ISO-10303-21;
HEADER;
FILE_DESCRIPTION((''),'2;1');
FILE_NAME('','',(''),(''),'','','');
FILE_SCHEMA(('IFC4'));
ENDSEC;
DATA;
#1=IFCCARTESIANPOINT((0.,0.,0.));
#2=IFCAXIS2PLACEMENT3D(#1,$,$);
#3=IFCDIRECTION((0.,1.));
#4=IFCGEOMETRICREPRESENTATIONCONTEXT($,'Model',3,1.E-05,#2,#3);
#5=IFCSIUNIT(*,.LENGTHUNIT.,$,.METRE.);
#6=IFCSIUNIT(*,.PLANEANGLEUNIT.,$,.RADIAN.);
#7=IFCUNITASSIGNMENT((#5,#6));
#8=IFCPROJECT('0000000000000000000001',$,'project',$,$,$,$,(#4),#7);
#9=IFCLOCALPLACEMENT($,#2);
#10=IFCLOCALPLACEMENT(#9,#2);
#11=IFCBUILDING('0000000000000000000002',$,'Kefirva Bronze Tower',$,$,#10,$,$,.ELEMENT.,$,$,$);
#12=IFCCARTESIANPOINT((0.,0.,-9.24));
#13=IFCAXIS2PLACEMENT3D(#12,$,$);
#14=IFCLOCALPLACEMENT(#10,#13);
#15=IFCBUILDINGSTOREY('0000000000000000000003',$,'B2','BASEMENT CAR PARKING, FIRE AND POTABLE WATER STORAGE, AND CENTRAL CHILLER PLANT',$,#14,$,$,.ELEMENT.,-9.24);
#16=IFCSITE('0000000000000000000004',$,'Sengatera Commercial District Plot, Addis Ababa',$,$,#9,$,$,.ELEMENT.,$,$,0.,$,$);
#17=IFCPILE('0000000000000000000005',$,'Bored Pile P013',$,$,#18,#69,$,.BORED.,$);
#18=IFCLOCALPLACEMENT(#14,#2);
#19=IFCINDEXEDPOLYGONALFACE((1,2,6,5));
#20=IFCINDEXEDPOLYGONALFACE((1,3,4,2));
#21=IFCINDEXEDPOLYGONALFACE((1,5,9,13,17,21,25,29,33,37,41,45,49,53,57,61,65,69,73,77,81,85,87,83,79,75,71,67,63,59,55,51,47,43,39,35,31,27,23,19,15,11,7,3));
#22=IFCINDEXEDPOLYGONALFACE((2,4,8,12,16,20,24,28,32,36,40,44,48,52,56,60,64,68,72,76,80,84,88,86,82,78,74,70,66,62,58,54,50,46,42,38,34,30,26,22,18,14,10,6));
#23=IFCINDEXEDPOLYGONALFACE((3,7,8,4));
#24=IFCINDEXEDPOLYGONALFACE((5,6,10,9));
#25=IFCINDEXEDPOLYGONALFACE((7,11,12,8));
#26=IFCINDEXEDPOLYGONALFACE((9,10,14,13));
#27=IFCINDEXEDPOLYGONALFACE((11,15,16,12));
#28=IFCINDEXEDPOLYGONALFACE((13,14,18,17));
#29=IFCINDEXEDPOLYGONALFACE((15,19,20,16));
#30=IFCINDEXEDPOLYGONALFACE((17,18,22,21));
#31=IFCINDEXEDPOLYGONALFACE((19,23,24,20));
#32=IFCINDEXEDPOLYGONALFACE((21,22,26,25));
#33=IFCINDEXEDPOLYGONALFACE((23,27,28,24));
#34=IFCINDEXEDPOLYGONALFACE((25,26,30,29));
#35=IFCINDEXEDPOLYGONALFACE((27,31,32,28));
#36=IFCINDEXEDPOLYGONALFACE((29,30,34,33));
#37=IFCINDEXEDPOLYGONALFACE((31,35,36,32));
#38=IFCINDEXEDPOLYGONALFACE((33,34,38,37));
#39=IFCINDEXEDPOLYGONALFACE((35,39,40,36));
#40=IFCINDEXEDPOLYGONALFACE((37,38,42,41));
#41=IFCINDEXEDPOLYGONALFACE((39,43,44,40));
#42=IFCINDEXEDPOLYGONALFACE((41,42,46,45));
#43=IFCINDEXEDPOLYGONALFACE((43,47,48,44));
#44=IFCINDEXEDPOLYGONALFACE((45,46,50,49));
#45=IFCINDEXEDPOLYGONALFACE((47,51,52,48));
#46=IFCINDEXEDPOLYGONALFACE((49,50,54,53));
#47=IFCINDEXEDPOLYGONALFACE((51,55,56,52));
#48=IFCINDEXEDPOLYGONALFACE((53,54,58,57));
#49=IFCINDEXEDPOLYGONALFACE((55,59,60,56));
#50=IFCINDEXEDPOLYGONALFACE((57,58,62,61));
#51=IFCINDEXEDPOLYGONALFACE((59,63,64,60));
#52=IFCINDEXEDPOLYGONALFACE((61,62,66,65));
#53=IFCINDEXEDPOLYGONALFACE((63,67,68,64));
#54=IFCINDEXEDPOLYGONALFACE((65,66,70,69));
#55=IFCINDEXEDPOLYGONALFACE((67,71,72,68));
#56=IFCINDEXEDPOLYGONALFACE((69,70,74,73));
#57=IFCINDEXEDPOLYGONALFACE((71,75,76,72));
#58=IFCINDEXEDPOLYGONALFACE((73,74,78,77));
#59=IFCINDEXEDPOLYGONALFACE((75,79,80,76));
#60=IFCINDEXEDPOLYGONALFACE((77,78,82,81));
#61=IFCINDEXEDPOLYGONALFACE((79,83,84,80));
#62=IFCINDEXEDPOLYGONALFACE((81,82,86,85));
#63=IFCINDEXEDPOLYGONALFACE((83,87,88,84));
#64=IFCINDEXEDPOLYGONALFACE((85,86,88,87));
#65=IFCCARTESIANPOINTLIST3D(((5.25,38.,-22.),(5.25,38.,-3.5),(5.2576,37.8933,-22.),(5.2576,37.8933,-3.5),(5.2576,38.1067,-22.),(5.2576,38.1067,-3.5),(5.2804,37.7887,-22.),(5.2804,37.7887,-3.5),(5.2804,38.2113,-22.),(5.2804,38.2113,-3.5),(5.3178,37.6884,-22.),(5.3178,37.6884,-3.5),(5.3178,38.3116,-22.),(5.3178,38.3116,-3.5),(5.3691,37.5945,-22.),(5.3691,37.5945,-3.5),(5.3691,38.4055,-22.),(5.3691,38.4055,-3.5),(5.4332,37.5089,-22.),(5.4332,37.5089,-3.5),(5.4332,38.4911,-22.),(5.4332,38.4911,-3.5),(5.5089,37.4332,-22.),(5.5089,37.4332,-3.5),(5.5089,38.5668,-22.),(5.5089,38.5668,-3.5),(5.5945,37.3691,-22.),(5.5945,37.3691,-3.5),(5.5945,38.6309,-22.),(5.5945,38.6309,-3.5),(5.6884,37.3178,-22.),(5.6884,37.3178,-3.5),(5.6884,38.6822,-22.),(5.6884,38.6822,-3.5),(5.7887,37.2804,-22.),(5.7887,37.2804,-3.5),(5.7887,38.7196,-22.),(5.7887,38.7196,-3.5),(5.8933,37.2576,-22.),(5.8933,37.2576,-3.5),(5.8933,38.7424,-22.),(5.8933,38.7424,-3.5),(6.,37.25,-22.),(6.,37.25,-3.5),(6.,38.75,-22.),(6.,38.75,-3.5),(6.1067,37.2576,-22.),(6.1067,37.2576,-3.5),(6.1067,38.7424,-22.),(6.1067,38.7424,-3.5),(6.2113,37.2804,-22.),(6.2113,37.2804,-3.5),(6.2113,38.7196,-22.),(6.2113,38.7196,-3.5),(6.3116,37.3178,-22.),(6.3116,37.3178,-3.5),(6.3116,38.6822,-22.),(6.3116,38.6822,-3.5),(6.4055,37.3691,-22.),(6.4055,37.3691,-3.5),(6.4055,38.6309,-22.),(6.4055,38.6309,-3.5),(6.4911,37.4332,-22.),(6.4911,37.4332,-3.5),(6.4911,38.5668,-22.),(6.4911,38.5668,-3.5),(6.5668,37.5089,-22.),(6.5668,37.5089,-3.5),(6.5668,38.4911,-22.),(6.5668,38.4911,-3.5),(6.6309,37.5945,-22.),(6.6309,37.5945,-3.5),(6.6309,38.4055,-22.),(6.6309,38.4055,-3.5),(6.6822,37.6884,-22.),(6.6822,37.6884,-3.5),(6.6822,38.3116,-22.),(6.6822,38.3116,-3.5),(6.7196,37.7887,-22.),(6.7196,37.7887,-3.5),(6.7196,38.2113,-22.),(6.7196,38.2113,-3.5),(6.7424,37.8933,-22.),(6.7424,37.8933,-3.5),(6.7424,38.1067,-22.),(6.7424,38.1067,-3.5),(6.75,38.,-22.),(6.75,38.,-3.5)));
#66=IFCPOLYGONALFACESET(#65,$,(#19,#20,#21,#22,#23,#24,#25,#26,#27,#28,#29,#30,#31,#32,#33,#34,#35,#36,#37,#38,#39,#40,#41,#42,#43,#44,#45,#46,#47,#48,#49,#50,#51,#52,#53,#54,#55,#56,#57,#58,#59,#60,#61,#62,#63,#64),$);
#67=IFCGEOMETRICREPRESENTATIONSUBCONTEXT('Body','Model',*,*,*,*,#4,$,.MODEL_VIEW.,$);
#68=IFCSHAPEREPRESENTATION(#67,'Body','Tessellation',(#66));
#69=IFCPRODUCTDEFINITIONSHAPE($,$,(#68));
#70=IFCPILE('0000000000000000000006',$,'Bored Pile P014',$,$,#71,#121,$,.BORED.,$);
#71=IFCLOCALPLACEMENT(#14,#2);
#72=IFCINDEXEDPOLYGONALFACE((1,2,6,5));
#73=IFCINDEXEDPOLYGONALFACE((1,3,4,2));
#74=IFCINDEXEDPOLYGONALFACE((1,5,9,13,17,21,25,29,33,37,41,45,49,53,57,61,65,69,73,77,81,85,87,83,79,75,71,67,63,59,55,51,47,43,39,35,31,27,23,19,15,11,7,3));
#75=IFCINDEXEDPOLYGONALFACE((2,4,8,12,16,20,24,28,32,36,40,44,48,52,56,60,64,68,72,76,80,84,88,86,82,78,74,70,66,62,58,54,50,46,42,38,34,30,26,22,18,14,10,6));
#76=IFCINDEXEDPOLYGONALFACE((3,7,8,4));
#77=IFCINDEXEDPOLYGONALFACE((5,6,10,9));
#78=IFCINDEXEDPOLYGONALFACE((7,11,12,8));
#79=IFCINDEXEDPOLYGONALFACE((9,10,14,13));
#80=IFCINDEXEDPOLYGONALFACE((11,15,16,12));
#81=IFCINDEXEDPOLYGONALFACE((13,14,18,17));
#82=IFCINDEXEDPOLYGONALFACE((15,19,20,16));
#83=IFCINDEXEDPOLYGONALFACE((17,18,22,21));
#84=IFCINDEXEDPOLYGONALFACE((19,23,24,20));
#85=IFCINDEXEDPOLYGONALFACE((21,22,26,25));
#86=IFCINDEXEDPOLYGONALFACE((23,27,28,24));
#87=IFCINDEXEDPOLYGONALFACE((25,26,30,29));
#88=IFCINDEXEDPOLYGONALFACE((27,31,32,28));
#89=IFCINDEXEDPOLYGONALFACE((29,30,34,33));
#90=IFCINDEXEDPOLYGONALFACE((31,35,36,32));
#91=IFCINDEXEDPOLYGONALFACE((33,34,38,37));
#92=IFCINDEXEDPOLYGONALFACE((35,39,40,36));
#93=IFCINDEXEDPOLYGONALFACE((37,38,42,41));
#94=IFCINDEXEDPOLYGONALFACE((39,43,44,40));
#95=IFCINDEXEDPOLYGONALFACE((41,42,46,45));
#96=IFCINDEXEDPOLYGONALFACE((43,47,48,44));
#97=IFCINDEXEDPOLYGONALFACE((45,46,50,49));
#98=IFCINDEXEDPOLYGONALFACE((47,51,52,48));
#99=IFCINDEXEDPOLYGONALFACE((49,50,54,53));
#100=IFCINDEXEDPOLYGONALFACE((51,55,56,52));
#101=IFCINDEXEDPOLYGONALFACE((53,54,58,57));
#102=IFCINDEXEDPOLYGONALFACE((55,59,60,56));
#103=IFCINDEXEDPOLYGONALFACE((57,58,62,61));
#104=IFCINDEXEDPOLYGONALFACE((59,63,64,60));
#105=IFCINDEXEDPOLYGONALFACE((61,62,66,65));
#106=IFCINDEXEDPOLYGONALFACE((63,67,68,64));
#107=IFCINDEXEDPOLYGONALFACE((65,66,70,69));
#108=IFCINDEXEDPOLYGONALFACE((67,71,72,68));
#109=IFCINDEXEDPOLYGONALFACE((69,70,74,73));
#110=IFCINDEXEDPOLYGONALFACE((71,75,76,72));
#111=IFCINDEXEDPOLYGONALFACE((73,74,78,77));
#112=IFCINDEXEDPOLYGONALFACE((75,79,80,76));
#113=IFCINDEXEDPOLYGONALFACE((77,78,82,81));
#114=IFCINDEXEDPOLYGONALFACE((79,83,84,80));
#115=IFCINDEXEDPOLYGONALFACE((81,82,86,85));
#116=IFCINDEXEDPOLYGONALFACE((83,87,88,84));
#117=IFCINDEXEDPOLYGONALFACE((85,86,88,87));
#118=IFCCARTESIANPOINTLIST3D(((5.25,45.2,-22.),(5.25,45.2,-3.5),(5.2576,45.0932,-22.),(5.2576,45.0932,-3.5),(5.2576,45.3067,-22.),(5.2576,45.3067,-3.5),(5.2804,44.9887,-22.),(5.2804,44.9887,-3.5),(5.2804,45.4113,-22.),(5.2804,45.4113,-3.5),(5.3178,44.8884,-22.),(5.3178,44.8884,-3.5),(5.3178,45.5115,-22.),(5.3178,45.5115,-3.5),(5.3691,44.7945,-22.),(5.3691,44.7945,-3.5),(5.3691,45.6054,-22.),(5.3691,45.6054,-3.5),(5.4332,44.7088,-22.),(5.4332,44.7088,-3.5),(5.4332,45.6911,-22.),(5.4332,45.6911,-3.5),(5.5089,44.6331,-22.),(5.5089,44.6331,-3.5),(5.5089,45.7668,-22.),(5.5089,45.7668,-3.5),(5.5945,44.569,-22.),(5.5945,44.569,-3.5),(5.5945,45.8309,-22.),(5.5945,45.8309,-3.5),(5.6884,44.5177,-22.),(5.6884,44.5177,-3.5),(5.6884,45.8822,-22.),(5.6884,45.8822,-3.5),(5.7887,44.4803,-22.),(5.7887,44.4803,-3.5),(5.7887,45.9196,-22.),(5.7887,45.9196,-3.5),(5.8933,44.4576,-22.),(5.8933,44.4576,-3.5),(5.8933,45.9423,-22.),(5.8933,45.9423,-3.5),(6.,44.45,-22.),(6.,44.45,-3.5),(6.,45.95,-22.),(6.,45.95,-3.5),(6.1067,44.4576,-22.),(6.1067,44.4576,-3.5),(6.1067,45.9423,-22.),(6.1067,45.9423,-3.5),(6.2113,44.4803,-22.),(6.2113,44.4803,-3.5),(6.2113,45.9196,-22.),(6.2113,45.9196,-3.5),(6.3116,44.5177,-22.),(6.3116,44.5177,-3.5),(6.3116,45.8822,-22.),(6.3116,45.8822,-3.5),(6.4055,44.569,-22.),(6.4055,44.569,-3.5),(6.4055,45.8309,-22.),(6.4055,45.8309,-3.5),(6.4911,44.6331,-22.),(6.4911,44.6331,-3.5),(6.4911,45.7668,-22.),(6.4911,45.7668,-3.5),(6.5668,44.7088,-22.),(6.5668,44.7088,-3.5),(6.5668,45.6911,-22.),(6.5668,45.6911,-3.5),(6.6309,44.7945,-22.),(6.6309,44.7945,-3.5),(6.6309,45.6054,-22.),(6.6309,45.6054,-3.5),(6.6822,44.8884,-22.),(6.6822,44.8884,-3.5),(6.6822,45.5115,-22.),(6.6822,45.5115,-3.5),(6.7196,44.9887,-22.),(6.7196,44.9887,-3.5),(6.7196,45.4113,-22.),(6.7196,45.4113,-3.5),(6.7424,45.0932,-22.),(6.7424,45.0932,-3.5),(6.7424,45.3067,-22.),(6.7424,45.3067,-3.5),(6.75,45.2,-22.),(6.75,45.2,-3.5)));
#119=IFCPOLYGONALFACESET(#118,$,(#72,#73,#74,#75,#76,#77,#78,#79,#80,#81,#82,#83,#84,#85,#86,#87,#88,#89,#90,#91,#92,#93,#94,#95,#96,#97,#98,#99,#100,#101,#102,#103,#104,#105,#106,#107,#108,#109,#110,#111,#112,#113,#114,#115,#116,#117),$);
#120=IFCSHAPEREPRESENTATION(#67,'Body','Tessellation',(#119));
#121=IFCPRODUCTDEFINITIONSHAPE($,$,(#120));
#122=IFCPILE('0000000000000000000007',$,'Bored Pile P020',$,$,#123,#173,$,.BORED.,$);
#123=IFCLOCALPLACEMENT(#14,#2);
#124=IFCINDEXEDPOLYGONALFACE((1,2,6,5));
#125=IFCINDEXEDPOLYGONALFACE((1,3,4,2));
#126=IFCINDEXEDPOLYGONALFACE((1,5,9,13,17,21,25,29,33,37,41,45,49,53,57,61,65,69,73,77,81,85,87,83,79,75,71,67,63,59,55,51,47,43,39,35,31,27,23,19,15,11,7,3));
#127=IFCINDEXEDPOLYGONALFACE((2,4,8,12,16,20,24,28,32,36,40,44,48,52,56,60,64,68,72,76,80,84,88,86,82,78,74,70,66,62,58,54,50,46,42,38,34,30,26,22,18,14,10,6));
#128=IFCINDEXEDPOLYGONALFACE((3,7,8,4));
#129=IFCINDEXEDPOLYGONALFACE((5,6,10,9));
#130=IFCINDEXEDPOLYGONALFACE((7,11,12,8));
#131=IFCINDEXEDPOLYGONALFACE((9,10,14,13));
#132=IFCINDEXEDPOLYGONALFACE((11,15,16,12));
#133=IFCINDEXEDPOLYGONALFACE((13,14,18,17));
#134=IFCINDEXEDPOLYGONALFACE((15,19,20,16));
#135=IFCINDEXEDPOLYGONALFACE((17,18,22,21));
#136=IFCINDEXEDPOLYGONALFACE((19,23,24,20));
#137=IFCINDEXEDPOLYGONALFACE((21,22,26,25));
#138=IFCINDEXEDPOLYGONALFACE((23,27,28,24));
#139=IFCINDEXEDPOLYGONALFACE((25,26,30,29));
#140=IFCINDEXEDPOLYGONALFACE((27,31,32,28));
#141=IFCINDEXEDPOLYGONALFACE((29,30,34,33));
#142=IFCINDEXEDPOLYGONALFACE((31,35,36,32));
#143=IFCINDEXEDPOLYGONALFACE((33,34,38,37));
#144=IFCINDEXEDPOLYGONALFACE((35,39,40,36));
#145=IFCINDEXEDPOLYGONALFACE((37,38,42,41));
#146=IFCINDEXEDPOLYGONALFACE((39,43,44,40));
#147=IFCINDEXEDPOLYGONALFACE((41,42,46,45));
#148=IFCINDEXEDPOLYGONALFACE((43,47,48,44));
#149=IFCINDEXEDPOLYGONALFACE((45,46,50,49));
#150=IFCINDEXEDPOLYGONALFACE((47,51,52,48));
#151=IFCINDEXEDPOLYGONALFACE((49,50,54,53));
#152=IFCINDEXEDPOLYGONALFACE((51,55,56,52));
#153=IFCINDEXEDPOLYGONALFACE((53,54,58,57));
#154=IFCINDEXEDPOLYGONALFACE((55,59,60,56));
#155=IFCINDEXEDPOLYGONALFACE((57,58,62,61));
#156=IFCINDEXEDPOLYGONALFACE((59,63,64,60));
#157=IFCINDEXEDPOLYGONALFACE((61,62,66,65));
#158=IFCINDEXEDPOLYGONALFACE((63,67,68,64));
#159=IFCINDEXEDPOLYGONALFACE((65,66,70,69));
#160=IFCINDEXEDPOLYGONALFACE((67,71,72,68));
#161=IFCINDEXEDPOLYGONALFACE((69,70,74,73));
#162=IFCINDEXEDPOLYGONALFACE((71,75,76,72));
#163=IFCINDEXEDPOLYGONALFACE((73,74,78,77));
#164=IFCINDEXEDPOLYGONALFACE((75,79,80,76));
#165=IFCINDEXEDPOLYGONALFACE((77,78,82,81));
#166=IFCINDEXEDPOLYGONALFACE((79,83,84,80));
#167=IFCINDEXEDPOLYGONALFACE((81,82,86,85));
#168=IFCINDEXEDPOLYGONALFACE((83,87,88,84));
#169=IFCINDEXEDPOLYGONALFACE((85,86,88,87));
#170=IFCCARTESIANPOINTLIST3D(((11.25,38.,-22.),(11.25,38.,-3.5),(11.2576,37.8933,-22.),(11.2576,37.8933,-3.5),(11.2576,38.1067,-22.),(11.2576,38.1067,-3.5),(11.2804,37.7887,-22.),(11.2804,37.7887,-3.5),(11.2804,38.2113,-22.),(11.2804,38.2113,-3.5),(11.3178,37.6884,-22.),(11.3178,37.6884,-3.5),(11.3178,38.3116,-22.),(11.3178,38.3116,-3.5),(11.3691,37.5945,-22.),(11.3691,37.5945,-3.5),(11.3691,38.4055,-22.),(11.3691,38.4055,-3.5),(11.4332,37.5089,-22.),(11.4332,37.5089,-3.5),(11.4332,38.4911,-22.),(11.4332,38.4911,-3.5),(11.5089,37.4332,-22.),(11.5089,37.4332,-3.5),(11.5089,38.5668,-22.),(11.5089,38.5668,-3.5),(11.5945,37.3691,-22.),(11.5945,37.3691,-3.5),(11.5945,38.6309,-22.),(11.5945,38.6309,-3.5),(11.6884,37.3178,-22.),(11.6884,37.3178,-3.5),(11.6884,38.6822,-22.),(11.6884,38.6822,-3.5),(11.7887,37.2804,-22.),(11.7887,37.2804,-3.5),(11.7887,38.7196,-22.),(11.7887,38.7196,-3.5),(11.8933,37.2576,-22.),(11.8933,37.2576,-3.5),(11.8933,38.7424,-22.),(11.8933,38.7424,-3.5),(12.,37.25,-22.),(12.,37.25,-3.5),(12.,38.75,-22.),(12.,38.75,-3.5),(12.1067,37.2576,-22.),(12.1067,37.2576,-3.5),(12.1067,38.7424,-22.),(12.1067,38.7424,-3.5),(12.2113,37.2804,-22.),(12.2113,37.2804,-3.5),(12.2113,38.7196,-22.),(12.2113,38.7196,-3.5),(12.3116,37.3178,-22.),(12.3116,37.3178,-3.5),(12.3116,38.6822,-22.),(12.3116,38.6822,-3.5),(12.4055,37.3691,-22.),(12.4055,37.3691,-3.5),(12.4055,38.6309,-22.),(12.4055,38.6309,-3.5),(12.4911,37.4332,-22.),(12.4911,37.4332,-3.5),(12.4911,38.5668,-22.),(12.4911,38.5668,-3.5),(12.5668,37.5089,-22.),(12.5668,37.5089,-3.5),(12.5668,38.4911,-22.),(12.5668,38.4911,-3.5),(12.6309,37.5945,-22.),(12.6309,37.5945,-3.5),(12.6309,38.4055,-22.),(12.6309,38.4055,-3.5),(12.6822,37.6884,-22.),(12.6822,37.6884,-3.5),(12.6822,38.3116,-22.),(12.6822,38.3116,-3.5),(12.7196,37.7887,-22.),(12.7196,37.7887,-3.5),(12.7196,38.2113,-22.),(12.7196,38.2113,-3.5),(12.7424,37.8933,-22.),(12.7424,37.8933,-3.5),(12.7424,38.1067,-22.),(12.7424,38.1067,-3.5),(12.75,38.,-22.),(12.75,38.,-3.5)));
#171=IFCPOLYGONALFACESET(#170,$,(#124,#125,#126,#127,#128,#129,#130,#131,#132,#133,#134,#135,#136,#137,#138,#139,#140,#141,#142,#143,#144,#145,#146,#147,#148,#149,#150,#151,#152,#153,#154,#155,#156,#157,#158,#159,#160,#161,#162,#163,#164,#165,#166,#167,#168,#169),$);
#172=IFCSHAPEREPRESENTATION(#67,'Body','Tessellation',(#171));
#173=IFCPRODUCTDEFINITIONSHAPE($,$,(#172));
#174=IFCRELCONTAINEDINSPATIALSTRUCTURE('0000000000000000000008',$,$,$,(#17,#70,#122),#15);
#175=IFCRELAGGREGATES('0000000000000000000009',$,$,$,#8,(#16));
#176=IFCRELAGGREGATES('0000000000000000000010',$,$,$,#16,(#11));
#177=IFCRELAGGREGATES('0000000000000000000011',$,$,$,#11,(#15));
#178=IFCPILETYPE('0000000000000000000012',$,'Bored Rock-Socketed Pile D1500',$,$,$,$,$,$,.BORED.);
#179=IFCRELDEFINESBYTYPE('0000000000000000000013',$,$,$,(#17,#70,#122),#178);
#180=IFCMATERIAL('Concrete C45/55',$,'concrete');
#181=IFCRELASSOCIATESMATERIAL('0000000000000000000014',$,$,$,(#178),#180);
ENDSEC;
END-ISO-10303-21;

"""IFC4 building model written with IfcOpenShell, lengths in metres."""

from ifc_helpers import new_model, si_unit, direction, frame, origin, origin_2d, place, context, subcontext, project, spatial, circle, extrude, material, material_profile, profile_set, type_object, element, save


model = new_model("IFC4")

# Units and contexts
model_context = context("Model", 3, precision=1e-05, world=origin(), true_north=direction((0.0, 1.0)))
body_context = subcontext(model_context, "Body", "Model", "MODEL_VIEW")
ifc_project = project(units=[si_unit("LENGTHUNIT", "METRE"), si_unit("PLANEANGLEUNIT", "RADIAN")], contexts=[model_context])

# Site, building, storey
site_placement = place(None, origin())
site = spatial("IfcSite", under=ifc_project, at=site_placement, Name="Sengatera Commercial District Plot, Addis Ababa", CompositionType="ELEMENT", RefElevation=0.0)
building_placement = place(site_placement, origin())
building = spatial("IfcBuilding", under=site, at=building_placement, Name="Kefirva Bronze Tower", CompositionType="ELEMENT")
storey_placement = place(building_placement, frame((0.0, 0.0, -9.24)))
storey = spatial("IfcBuildingStorey", under=building, at=storey_placement, Name="B2", Description="BASEMENT CAR PARKING, FIRE AND POTABLE WATER STORAGE, AND CENTRAL CHILLER PLANT", CompositionType="ELEMENT", Elevation=-9.24)

# Piles
ifc_material_1 = material(Name="Concrete C45/55", Category="concrete")
ifc_material_profile_1 = material_profile(ifc_material_1, circle(Radius=0.75, at=origin_2d()), Name="BORED PILE D1500")
ifc_profile_set_1 = profile_set([ifc_material_profile_1], Name="Concrete C45/55")
pile_type = type_object("IfcPileType", Name="Bored Rock-Socketed Pile D1500", PredefinedType="BORED", material=ifc_profile_set_1)
for number, where, z_axis, x_axis, name in (
    (1, (6.0, 38.0, -3.5), (0.0, 0.0, -1.0), (1.0, 0.0, 0.0), "Bored Pile P013"),
    (2, (6.0, 45.2, -3.5), (0.0, 0.0, -1.0), (1.0, 0.0, 0.0), "Bored Pile P014"),
    (3, (12.0, 38.0, -3.5), (0.0, 0.0, -1.0), (1.0, 0.0, 0.0), "Bored Pile P020"),
):
    element("IfcPile", number, at=place(storey_placement, frame(where, z_axis=z_axis, x_axis=x_axis)), inside=storey, type_object=pile_type, Name=name, PredefinedType="BORED", context=body_context, shape_type="SweptSolid", body=[
        extrude(circle(Radius=0.75, at=origin_2d()), origin(), (0.0, 0.0, 1.0), 18.5),
    ])

save(model, "model.ifc")
